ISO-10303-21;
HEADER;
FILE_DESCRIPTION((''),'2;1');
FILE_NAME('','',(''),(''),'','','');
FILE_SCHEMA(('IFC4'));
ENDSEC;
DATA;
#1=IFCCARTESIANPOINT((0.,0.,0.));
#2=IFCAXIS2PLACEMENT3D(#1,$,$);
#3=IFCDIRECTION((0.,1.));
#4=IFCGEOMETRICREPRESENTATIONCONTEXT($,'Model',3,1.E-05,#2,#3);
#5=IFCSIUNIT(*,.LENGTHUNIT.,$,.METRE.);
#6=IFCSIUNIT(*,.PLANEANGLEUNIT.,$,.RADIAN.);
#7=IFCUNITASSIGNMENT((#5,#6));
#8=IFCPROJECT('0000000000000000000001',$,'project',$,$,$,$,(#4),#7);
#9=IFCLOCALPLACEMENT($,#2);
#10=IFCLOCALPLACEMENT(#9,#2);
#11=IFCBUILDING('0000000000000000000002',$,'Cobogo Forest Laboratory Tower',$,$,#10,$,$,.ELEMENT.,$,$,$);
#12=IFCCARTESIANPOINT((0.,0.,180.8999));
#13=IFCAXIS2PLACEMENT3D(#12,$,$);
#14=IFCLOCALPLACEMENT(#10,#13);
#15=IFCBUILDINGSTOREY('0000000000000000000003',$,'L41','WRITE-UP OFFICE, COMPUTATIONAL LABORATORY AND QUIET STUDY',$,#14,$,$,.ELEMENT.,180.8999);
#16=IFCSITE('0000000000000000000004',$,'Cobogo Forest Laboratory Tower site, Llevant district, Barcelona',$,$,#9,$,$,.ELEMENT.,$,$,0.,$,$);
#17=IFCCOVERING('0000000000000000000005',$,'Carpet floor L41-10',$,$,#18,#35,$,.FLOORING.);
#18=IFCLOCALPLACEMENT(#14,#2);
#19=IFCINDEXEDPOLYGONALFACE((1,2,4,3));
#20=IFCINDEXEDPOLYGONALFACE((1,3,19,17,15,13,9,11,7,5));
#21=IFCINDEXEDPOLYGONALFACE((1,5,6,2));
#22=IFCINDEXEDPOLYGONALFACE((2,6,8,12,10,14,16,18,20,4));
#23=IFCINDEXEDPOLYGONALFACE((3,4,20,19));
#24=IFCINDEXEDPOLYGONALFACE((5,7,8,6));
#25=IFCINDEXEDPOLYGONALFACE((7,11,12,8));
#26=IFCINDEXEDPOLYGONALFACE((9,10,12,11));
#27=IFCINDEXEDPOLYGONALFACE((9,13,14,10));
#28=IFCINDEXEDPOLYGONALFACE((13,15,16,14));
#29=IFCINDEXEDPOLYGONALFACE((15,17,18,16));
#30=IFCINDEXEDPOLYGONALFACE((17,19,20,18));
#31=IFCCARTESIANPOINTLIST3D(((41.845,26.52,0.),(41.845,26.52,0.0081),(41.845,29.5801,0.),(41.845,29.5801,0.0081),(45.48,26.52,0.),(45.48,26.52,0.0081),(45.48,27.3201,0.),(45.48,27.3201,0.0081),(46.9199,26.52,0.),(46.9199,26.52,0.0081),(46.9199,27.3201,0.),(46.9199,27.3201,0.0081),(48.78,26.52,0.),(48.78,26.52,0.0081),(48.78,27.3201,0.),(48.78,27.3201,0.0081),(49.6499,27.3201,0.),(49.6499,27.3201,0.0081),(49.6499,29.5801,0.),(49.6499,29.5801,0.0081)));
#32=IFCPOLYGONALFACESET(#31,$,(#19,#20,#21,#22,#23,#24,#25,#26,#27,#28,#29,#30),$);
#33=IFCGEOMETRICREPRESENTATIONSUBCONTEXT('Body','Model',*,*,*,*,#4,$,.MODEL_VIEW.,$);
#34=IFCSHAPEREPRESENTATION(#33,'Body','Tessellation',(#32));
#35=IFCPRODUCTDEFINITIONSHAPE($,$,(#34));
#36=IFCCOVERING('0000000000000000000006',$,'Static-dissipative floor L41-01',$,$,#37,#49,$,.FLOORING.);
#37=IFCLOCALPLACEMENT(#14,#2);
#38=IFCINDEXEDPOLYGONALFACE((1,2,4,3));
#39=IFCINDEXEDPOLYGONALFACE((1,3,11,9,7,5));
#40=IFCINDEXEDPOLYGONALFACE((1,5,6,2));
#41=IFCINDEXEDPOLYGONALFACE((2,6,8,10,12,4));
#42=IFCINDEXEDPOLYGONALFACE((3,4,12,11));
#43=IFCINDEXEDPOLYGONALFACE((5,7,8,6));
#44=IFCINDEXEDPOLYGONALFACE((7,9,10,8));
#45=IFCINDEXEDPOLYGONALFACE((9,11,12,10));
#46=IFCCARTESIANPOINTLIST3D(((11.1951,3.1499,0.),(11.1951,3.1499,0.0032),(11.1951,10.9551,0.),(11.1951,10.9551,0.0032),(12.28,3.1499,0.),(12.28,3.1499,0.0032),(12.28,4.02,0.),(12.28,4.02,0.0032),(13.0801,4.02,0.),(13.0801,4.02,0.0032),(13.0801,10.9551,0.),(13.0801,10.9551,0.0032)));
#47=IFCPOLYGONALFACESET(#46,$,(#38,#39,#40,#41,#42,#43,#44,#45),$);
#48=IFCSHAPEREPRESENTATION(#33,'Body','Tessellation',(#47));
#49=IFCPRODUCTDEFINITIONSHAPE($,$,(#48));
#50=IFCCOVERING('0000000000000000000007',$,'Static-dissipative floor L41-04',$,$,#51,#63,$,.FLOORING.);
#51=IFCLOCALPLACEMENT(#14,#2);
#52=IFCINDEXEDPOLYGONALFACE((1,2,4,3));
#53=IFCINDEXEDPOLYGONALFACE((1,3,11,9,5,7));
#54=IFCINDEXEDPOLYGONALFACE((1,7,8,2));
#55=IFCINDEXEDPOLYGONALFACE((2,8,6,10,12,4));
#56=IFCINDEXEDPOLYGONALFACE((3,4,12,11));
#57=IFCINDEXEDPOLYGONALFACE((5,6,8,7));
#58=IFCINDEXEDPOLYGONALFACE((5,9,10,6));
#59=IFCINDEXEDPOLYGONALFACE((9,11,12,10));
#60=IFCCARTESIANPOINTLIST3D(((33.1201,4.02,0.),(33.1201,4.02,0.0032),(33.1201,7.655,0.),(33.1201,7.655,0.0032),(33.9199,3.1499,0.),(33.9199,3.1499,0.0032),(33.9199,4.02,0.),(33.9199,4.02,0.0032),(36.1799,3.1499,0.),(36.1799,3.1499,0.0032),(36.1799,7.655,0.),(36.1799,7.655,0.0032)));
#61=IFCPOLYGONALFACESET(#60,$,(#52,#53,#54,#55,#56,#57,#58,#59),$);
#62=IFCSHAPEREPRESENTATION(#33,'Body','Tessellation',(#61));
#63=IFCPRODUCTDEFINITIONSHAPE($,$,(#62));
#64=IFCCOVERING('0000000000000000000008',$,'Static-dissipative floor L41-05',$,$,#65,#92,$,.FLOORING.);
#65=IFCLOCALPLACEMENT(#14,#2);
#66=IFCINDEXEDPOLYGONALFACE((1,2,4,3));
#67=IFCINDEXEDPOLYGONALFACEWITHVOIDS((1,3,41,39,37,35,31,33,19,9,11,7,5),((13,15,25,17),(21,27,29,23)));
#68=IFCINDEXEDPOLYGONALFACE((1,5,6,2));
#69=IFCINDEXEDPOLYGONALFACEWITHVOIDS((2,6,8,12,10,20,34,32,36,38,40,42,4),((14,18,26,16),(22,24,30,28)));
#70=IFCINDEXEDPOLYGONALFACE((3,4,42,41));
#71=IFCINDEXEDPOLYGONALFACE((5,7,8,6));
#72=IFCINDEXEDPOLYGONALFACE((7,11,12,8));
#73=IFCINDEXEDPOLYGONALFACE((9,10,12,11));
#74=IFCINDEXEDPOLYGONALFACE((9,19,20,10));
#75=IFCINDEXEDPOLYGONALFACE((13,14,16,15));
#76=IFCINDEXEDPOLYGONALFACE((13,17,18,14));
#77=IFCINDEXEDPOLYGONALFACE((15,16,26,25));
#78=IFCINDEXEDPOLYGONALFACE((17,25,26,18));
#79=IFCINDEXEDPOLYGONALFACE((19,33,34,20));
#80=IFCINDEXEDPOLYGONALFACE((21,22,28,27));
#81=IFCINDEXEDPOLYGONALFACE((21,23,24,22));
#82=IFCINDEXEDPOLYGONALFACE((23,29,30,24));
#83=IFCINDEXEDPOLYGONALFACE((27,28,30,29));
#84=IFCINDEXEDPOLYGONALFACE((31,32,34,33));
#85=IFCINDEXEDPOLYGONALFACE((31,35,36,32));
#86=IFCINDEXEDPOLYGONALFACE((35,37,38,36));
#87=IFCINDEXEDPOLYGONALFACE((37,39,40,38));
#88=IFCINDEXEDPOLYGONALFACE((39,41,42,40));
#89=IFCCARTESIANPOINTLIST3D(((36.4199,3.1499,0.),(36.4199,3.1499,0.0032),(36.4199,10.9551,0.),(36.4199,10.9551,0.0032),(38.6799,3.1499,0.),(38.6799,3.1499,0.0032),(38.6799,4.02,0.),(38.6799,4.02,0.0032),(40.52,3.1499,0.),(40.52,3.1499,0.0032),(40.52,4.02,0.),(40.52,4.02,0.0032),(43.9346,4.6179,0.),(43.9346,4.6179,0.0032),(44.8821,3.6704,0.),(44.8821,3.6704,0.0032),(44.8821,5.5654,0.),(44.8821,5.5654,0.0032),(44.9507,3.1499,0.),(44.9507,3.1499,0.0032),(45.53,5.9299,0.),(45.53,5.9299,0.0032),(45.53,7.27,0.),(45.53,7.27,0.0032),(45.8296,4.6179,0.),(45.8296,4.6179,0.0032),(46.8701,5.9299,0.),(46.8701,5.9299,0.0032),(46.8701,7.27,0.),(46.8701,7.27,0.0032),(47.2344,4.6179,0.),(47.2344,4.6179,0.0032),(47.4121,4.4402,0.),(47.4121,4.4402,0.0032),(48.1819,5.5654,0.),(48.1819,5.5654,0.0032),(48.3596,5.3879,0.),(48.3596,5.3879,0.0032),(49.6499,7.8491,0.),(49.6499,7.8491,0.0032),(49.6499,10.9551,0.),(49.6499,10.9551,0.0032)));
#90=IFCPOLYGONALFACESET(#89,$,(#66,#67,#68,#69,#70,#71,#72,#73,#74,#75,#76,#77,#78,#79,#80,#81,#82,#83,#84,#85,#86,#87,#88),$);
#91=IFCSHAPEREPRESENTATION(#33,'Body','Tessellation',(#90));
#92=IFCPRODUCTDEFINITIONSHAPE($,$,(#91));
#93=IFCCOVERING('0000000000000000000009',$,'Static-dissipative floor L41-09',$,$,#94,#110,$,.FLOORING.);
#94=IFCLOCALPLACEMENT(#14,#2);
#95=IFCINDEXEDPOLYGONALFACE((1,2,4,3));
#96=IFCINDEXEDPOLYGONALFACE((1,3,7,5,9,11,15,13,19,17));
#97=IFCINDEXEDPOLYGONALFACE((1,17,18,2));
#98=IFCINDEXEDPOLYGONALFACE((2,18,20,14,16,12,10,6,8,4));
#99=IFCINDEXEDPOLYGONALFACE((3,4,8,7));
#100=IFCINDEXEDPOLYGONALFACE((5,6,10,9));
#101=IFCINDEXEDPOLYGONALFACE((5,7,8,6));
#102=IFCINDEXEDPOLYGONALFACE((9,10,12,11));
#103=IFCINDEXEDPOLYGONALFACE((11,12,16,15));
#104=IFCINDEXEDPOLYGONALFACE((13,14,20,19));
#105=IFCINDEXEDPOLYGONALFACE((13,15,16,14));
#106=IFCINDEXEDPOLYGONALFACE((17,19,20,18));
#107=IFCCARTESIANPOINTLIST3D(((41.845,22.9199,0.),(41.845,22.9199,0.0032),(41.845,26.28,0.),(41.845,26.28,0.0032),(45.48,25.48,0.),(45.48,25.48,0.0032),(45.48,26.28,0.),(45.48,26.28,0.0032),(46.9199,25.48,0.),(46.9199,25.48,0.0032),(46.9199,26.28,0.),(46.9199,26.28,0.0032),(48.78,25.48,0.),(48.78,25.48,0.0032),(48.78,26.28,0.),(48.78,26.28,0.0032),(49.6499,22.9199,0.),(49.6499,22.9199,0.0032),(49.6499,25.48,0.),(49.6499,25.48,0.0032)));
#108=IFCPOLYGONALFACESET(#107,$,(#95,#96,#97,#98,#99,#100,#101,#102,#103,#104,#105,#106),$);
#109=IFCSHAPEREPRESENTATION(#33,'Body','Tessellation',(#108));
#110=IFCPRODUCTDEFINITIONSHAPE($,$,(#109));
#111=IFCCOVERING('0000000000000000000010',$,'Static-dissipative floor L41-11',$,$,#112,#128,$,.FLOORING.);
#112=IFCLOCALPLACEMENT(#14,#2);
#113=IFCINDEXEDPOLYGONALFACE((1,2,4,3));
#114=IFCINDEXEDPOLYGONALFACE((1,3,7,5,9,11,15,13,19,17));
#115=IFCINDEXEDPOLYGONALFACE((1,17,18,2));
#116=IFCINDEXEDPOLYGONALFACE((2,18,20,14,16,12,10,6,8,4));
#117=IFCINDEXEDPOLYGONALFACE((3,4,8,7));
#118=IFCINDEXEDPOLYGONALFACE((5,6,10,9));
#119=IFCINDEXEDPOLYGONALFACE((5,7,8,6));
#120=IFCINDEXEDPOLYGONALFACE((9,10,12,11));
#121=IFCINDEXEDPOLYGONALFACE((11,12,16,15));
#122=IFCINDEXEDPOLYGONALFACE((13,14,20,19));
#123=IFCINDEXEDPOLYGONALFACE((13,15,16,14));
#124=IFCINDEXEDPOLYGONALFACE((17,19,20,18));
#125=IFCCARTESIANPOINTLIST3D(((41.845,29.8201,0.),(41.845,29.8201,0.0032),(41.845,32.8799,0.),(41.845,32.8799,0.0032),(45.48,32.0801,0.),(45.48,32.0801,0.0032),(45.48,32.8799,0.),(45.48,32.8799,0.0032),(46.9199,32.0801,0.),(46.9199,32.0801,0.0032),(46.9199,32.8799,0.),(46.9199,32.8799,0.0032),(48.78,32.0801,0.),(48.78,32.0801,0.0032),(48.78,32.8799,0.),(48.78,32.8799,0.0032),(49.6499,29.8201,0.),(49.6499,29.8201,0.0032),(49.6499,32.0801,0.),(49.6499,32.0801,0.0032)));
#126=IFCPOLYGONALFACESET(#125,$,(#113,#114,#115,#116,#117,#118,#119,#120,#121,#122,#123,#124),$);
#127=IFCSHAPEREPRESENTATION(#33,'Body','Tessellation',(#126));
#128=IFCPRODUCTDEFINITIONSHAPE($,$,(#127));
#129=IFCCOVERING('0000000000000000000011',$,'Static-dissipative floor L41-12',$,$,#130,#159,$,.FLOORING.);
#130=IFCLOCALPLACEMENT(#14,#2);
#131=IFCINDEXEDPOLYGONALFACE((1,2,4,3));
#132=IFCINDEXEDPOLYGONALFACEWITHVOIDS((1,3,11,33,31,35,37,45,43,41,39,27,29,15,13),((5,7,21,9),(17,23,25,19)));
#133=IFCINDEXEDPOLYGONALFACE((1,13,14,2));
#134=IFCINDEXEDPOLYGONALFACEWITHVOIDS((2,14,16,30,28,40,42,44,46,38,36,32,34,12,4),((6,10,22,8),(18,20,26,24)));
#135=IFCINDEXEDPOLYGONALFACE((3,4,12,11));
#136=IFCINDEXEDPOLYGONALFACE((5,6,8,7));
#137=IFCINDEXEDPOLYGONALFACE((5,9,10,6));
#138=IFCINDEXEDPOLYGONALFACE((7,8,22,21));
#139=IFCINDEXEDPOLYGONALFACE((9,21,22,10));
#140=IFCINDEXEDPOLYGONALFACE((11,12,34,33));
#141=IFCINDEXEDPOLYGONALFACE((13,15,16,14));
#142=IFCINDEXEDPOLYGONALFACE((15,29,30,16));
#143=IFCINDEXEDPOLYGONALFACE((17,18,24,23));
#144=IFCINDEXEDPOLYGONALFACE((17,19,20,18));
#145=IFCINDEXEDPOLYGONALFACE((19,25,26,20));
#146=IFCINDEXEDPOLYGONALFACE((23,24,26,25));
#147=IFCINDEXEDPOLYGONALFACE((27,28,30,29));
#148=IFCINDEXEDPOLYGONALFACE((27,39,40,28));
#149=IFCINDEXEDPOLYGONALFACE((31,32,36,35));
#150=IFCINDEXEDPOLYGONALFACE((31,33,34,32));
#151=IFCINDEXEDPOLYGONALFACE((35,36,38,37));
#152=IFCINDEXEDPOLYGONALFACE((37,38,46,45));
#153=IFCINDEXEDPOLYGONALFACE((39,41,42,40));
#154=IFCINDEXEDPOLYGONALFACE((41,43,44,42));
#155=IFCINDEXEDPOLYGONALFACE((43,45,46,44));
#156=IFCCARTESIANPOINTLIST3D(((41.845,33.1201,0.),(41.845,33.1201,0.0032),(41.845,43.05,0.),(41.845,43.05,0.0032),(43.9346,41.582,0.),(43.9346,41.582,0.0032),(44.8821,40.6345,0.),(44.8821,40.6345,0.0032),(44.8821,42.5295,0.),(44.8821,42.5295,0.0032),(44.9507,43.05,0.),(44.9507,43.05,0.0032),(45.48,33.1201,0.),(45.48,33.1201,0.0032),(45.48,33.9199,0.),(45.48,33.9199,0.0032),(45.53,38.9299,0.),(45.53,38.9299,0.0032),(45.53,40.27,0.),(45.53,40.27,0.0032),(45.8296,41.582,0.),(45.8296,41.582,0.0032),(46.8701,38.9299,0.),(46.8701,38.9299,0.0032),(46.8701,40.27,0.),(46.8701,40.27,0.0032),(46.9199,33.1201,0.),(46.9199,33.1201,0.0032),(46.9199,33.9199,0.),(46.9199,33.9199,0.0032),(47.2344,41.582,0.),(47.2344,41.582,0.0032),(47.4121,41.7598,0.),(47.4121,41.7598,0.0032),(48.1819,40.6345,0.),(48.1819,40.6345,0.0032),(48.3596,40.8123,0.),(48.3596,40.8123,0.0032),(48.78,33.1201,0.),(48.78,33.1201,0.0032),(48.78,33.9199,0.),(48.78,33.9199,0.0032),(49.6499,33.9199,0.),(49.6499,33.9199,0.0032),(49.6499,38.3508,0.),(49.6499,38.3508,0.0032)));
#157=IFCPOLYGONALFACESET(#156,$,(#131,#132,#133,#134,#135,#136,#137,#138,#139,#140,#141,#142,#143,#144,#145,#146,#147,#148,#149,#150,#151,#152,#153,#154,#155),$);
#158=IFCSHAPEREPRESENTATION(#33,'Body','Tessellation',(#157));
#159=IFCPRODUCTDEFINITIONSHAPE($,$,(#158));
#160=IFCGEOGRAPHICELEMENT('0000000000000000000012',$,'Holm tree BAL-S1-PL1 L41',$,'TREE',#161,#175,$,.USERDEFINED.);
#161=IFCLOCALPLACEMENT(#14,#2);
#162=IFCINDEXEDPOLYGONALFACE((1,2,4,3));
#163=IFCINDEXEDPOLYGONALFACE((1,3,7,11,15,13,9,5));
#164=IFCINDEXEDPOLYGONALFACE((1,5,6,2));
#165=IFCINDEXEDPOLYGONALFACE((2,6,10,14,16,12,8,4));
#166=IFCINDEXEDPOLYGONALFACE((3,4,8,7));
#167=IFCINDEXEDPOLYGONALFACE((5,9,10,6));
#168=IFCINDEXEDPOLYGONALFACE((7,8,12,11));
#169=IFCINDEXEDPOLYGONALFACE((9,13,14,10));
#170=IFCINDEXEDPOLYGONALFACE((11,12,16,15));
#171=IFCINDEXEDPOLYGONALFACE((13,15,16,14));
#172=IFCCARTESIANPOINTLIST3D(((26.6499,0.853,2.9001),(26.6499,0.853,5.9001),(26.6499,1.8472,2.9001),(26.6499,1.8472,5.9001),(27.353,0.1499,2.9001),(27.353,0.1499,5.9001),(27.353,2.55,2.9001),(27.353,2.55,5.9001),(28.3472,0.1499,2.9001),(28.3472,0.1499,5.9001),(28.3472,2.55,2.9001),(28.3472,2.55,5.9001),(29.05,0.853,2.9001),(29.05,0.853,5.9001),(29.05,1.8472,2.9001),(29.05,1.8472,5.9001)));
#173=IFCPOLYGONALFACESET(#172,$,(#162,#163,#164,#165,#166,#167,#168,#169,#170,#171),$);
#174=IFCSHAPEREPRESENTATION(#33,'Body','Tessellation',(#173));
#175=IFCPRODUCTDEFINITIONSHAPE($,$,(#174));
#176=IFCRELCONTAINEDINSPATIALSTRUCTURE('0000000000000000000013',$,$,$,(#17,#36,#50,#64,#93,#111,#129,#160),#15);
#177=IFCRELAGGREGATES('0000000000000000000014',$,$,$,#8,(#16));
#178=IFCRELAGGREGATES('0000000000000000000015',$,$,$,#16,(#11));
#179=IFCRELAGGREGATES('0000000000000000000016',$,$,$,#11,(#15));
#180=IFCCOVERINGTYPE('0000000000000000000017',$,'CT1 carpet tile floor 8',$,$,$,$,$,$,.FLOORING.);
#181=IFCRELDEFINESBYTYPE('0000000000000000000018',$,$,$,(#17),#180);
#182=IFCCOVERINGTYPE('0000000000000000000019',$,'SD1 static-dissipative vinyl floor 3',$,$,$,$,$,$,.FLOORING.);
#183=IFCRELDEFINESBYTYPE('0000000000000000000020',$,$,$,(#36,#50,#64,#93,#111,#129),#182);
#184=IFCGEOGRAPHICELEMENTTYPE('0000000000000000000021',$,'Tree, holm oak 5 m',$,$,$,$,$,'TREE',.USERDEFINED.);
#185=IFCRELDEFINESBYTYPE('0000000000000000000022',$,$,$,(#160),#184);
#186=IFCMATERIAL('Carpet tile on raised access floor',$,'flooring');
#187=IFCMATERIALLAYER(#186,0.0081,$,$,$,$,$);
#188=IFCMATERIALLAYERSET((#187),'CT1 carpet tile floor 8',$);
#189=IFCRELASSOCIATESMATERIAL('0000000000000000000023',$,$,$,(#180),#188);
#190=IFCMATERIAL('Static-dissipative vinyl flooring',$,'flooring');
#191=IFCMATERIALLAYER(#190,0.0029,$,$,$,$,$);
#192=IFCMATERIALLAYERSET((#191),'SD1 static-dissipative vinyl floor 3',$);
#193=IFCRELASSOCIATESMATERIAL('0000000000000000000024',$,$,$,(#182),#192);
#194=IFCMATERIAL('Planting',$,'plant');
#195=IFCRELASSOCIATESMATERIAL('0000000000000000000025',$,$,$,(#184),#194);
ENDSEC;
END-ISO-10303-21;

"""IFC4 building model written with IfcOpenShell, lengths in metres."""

from ifc_helpers import new_model, si_unit, direction, frame, origin, place, context, subcontext, project, spatial, polyline, outline, extrude, material, layer, layer_set, type_object, element, save


model = new_model("IFC4")

# Units and contexts
model_context = context("Model", 3, precision=1e-05, world=origin(), true_north=direction((0.0, 1.0)))
body_context = subcontext(model_context, "Body", "Model", "MODEL_VIEW")
ifc_project = project(units=[si_unit("LENGTHUNIT", "METRE"), si_unit("PLANEANGLEUNIT", "RADIAN")], contexts=[model_context])

# Site, building, storey
site_placement = place(None, origin())
site = spatial("IfcSite", under=ifc_project, at=site_placement, Name="Cobogo Forest Laboratory Tower site, Llevant district, Barcelona", CompositionType="ELEMENT", RefElevation=0.0)
building_placement = place(site_placement, origin())
building = spatial("IfcBuilding", under=site, at=building_placement, Name="Cobogo Forest Laboratory Tower", CompositionType="ELEMENT")
storey_placement = place(building_placement, frame((0.0, 0.0, 180.8999)))
storey = spatial("IfcBuildingStorey", under=building, at=storey_placement, Name="L41", Description="WRITE-UP OFFICE, COMPUTATIONAL LABORATORY AND QUIET STUDY", CompositionType="ELEMENT", Elevation=180.8999)

# Coverings
ifc_material_1 = material(Name="Carpet tile on raised access floor", Category="flooring")
ifc_layer_1 = layer(ifc_material_1, 0.0081)
ifc_layer_set_1 = layer_set([ifc_layer_1], Name="CT1 carpet tile floor 8")
covering_type_1 = type_object("IfcCoveringType", Name="CT1 carpet tile floor 8", PredefinedType="FLOORING", material=ifc_layer_set_1)
covering_1_placement = place(storey_placement, origin())
element("IfcCovering", 1, at=covering_1_placement, inside=storey, type_object=covering_type_1, Name="Carpet floor L41-10", PredefinedType="FLOORING", context=body_context, shape_type="SweptSolid", body=[
    extrude(outline(polyline([(41.845, 29.5801), (49.6499, 29.5801), (49.6499, 27.3201), (48.78, 27.3201), (48.78, 26.52), (46.9199, 26.52), (46.9199, 27.3201), (45.48, 27.3201), (45.48, 26.52), (41.845, 26.52), (41.845, 29.5801)])), origin(), (0.0, 0.0, 1.0), 0.0081),
])
ifc_material_2 = material(Name="Static-dissipative vinyl flooring", Category="flooring")
ifc_layer_2 = layer(ifc_material_2, 0.0029)
ifc_layer_set_2 = layer_set([ifc_layer_2], Name="SD1 static-dissipative vinyl floor 3")
covering_type_2 = type_object("IfcCoveringType", Name="SD1 static-dissipative vinyl floor 3", PredefinedType="FLOORING", material=ifc_layer_set_2)
covering_2_placement = place(storey_placement, origin())
element("IfcCovering", 2, at=covering_2_placement, inside=storey, type_object=covering_type_2, Name="Static-dissipative floor L41-01", PredefinedType="FLOORING", context=body_context, shape_type="SweptSolid", body=[
    extrude(outline(polyline([(13.0801, 10.9551), (13.0801, 4.02), (12.28, 4.02), (12.28, 3.1499), (11.1951, 3.1499), (11.1951, 10.9551), (13.0801, 10.9551)])), origin(), (0.0, 0.0, 1.0), 0.0032),
])
covering_3_placement = place(storey_placement, origin())
element("IfcCovering", 3, at=covering_3_placement, inside=storey, type_object=covering_type_2, Name="Static-dissipative floor L41-04", PredefinedType="FLOORING", context=body_context, shape_type="SweptSolid", body=[
    extrude(outline(polyline([(36.1799, 7.655), (36.1799, 3.1499), (33.9199, 3.1499), (33.9199, 4.02), (33.1201, 4.02), (33.1201, 7.655), (36.1799, 7.655)])), origin(), (0.0, 0.0, 1.0), 0.0032),
])
covering_4_placement = place(storey_placement, origin())
element("IfcCovering", 4, at=covering_4_placement, inside=storey, type_object=covering_type_2, Name="Static-dissipative floor L41-05", PredefinedType="FLOORING", context=body_context, shape_type="SweptSolid", body=[
    extrude(outline(polyline([(49.6499, 10.9551), (49.6499, 7.8491), (48.3596, 5.3879), (48.1819, 5.5654), (47.2344, 4.6179), (47.4121, 4.4402), (44.9507, 3.1499), (40.52, 3.1499), (40.52, 4.02), (38.6799, 4.02), (38.6799, 3.1499), (36.4199, 3.1499), (36.4199, 10.9551), (49.6499, 10.9551)]), holes=[polyline([(45.53, 5.9299), (46.8701, 5.9299), (46.8701, 7.27), (45.53, 7.27), (45.53, 5.9299)]), polyline([(44.8821, 3.6704), (45.8296, 4.6179), (44.8821, 5.5654), (43.9346, 4.6179), (44.8821, 3.6704)])]), origin(), (0.0, 0.0, 1.0), 0.0032),
])
covering_5_placement = place(storey_placement, origin())
element("IfcCovering", 5, at=covering_5_placement, inside=storey, type_object=covering_type_2, Name="Static-dissipative floor L41-09", PredefinedType="FLOORING", context=body_context, shape_type="SweptSolid", body=[
    extrude(outline(polyline([(41.845, 26.28), (45.48, 26.28), (45.48, 25.48), (46.9199, 25.48), (46.9199, 26.28), (48.78, 26.28), (48.78, 25.48), (49.6499, 25.48), (49.6499, 22.9199), (41.845, 22.9199), (41.845, 26.28)])), origin(), (0.0, 0.0, 1.0), 0.0032),
])
covering_6_placement = place(storey_placement, origin())
element("IfcCovering", 6, at=covering_6_placement, inside=storey, type_object=covering_type_2, Name="Static-dissipative floor L41-11", PredefinedType="FLOORING", context=body_context, shape_type="SweptSolid", body=[
    extrude(outline(polyline([(41.845, 32.8799), (45.48, 32.8799), (45.48, 32.0801), (46.9199, 32.0801), (46.9199, 32.8799), (48.78, 32.8799), (48.78, 32.0801), (49.6499, 32.0801), (49.6499, 29.8201), (41.845, 29.8201), (41.845, 32.8799)])), origin(), (0.0, 0.0, 1.0), 0.0032),
])
covering_7_placement = place(storey_placement, origin())
element("IfcCovering", 7, at=covering_7_placement, inside=storey, type_object=covering_type_2, Name="Static-dissipative floor L41-12", PredefinedType="FLOORING", context=body_context, shape_type="SweptSolid", body=[
    extrude(outline(polyline([(41.845, 43.05), (44.9507, 43.05), (47.4121, 41.7598), (47.2344, 41.582), (48.1819, 40.6345), (48.3596, 40.8123), (49.6499, 38.3508), (49.6499, 33.9199), (48.78, 33.9199), (48.78, 33.1201), (46.9199, 33.1201), (46.9199, 33.9199), (45.48, 33.9199), (45.48, 33.1201), (41.845, 33.1201), (41.845, 43.05)]), holes=[polyline([(45.53, 40.27), (45.53, 38.9299), (46.8701, 38.9299), (46.8701, 40.27), (45.53, 40.27)]), polyline([(44.8821, 40.6345), (45.8296, 41.582), (44.8821, 42.5295), (43.9346, 41.582), (44.8821, 40.6345)])]), origin(), (0.0, 0.0, 1.0), 0.0032),
])

# Geographic element
ifc_material_3 = material(Name="Planting", Category="plant")
geographic_element_type = type_object("IfcGeographicElementType", Name="Tree, holm oak 5 m", ElementType="TREE", PredefinedType="USERDEFINED", material=ifc_material_3)
geographic_element_1_placement = place(storey_placement, frame((0.0, 0.0, 2.9001)))
element("IfcGeographicElement", 8, at=geographic_element_1_placement, inside=storey, type_object=geographic_element_type, Name="Holm tree BAL-S1-PL1 L41", ObjectType="TREE", PredefinedType="USERDEFINED", context=body_context, shape_type="SweptSolid", body=[
    extrude(outline(polyline([(29.05, 0.853), (29.05, 1.8472), (28.3472, 2.55), (27.353, 2.55), (26.6499, 1.8472), (26.6499, 0.853), (27.353, 0.1499), (28.3472, 0.1499), (29.05, 0.853)])), origin(), (0.0, 0.0, 1.0), 3.0),
])

save(model, "model.ifc")
